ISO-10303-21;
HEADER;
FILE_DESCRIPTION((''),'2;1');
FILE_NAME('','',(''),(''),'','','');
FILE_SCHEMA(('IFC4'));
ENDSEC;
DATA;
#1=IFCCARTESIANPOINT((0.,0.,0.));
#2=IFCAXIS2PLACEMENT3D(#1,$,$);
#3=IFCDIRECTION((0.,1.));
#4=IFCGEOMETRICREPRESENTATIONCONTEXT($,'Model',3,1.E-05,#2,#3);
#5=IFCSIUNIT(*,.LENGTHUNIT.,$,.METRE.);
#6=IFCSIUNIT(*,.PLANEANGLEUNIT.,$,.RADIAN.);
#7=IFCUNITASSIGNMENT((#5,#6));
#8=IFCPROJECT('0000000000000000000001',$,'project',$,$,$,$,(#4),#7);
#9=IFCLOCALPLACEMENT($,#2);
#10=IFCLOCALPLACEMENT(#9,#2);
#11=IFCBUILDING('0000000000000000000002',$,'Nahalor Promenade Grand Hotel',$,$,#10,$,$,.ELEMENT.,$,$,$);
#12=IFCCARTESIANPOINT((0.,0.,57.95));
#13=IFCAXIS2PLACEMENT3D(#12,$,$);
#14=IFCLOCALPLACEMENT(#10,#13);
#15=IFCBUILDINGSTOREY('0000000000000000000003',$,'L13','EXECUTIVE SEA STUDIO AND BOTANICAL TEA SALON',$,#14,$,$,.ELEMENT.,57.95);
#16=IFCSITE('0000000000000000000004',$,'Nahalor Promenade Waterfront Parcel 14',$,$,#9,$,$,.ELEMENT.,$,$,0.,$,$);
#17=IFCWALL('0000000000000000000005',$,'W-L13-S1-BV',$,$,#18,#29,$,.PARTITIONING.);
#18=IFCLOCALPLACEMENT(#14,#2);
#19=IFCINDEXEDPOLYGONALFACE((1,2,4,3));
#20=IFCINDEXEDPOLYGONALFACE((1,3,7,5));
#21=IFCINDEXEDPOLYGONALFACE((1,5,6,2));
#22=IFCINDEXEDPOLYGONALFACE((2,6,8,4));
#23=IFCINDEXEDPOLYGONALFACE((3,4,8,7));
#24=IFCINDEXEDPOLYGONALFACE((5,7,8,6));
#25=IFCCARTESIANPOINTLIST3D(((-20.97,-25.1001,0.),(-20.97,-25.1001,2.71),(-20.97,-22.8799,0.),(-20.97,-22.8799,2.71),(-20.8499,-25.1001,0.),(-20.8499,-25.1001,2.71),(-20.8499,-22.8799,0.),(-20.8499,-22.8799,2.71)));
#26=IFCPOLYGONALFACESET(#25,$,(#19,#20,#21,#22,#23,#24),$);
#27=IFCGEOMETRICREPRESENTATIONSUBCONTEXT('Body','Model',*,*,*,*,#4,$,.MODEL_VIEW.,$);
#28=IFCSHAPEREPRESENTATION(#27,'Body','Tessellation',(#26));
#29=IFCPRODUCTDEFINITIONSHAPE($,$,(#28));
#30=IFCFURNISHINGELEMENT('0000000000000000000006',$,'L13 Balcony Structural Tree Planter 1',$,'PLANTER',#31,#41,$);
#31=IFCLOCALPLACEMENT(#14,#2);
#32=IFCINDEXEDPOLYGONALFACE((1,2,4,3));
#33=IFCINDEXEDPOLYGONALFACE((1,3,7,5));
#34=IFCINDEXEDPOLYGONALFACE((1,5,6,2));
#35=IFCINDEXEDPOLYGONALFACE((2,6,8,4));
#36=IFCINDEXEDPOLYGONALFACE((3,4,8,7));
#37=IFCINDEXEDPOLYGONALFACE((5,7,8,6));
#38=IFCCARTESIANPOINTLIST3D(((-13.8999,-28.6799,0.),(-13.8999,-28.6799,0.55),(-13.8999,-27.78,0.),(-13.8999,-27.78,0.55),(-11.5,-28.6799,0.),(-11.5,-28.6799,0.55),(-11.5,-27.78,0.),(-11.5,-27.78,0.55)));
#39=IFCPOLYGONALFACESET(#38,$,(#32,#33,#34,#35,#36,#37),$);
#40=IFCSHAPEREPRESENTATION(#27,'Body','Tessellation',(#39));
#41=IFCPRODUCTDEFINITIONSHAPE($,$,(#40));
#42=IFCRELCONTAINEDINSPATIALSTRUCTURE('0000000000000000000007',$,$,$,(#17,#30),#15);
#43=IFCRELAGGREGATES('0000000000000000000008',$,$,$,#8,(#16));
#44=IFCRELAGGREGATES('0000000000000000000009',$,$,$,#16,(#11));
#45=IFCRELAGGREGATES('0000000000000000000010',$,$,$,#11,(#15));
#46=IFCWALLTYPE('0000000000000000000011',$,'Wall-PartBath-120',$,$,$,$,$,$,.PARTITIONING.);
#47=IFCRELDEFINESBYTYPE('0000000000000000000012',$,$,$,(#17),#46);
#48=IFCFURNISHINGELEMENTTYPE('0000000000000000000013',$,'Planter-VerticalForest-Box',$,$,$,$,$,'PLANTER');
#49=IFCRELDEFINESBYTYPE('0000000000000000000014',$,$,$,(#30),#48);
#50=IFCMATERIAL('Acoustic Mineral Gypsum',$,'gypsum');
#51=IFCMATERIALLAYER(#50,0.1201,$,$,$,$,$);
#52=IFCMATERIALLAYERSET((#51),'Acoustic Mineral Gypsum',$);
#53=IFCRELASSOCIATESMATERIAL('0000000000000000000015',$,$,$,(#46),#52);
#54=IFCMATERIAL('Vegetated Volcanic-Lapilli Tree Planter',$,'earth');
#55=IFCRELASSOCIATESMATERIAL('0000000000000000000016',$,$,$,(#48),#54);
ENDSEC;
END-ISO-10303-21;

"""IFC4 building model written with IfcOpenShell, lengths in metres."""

from ifc_helpers import new_model, si_unit, direction, frame, frame_2d, origin, origin_2d, place, context, subcontext, project, spatial, rectangle, extrude, source, transform, mapped, material, layer, layer_set, type_object, element, save


model = new_model("IFC4")

# Units and contexts
model_context = context("Model", 3, precision=1e-05, world=origin(), true_north=direction((0.0, 1.0)))
body_context = subcontext(model_context, "Body", "Model", "MODEL_VIEW")
ifc_project = project(units=[si_unit("LENGTHUNIT", "METRE"), si_unit("PLANEANGLEUNIT", "RADIAN")], contexts=[model_context])

# Site, building, storey
site_placement = place(None, origin())
site = spatial("IfcSite", under=ifc_project, at=site_placement, Name="Nahalor Promenade Waterfront Parcel 14", CompositionType="ELEMENT", RefElevation=0.0)
building_placement = place(site_placement, origin())
building = spatial("IfcBuilding", under=site, at=building_placement, Name="Nahalor Promenade Grand Hotel", CompositionType="ELEMENT")
storey_placement = place(building_placement, frame((0.0, 0.0, 57.95)))
storey = spatial("IfcBuildingStorey", under=building, at=storey_placement, Name="L13", Description="EXECUTIVE SEA STUDIO AND BOTANICAL TEA SALON", CompositionType="ELEMENT", Elevation=57.95)

# Shared definitions
ifc_material_1 = material(Name="Acoustic Mineral Gypsum", Category="gypsum")

# Shared definitions
ifc_layer_1 = layer(ifc_material_1, 0.1201)
ifc_layer_set_1 = layer_set([ifc_layer_1], Name="Acoustic Mineral Gypsum")
wall_type_1 = type_object("IfcWallType", Name="Wall-PartBath-120", PredefinedType="PARTITIONING", material=ifc_layer_set_1)

# Wall
shared_shape_1 = source(origin(), body_context, "Body", "SweptSolid", [
    extrude(rectangle(XDim=2.2202, YDim=0.1201, at=frame_2d((1.1101, 0.0))), origin(), (0.0, 0.0, 1.0), 2.71),
])
wall_1_placement = place(storey_placement, frame((-20.9099, -25.1001, 0.0), z_axis=(0.0, 0.0, 1.0), x_axis=(0.0, 1.0, 0.0)))
element("IfcWall", 1, at=wall_1_placement, inside=storey, type_object=wall_type_1, Name="W-L13-S1-BV", PredefinedType="PARTITIONING", context=body_context, shape_type="MappedRepresentation", body=[
    mapped(shared_shape_1, transform((0.0, 0.0, 0.0), scale=1.0)),
])

# Furnishing element
ifc_material_2 = material(Name="Vegetated Volcanic-Lapilli Tree Planter", Category="earth")
furnishing_element_type = type_object("IfcFurnishingElementType", Name="Planter-VerticalForest-Box", ElementType="PLANTER", material=ifc_material_2)
shared_shape_2 = source(origin(), body_context, "Body", "SweptSolid", [
    extrude(rectangle(XDim=2.3999, YDim=0.8999, at=origin_2d()), origin(), (0.0, 0.0, 1.0), 0.55),
])
furnishing_placement = place(storey_placement, frame((-12.7, -28.23, 0.0), z_axis=(0.0, 0.0, 1.0), x_axis=(1.0, 0.0, 0.0)))
element("IfcFurnishingElement", 2, at=furnishing_placement, inside=storey, type_object=furnishing_element_type, Name="L13 Balcony Structural Tree Planter 1", ObjectType="PLANTER", context=body_context, shape_type="MappedRepresentation", body=[
    mapped(shared_shape_2, transform((0.0, 0.0, 0.0), scale=1.0)),
])

save(model, "model.ifc")
